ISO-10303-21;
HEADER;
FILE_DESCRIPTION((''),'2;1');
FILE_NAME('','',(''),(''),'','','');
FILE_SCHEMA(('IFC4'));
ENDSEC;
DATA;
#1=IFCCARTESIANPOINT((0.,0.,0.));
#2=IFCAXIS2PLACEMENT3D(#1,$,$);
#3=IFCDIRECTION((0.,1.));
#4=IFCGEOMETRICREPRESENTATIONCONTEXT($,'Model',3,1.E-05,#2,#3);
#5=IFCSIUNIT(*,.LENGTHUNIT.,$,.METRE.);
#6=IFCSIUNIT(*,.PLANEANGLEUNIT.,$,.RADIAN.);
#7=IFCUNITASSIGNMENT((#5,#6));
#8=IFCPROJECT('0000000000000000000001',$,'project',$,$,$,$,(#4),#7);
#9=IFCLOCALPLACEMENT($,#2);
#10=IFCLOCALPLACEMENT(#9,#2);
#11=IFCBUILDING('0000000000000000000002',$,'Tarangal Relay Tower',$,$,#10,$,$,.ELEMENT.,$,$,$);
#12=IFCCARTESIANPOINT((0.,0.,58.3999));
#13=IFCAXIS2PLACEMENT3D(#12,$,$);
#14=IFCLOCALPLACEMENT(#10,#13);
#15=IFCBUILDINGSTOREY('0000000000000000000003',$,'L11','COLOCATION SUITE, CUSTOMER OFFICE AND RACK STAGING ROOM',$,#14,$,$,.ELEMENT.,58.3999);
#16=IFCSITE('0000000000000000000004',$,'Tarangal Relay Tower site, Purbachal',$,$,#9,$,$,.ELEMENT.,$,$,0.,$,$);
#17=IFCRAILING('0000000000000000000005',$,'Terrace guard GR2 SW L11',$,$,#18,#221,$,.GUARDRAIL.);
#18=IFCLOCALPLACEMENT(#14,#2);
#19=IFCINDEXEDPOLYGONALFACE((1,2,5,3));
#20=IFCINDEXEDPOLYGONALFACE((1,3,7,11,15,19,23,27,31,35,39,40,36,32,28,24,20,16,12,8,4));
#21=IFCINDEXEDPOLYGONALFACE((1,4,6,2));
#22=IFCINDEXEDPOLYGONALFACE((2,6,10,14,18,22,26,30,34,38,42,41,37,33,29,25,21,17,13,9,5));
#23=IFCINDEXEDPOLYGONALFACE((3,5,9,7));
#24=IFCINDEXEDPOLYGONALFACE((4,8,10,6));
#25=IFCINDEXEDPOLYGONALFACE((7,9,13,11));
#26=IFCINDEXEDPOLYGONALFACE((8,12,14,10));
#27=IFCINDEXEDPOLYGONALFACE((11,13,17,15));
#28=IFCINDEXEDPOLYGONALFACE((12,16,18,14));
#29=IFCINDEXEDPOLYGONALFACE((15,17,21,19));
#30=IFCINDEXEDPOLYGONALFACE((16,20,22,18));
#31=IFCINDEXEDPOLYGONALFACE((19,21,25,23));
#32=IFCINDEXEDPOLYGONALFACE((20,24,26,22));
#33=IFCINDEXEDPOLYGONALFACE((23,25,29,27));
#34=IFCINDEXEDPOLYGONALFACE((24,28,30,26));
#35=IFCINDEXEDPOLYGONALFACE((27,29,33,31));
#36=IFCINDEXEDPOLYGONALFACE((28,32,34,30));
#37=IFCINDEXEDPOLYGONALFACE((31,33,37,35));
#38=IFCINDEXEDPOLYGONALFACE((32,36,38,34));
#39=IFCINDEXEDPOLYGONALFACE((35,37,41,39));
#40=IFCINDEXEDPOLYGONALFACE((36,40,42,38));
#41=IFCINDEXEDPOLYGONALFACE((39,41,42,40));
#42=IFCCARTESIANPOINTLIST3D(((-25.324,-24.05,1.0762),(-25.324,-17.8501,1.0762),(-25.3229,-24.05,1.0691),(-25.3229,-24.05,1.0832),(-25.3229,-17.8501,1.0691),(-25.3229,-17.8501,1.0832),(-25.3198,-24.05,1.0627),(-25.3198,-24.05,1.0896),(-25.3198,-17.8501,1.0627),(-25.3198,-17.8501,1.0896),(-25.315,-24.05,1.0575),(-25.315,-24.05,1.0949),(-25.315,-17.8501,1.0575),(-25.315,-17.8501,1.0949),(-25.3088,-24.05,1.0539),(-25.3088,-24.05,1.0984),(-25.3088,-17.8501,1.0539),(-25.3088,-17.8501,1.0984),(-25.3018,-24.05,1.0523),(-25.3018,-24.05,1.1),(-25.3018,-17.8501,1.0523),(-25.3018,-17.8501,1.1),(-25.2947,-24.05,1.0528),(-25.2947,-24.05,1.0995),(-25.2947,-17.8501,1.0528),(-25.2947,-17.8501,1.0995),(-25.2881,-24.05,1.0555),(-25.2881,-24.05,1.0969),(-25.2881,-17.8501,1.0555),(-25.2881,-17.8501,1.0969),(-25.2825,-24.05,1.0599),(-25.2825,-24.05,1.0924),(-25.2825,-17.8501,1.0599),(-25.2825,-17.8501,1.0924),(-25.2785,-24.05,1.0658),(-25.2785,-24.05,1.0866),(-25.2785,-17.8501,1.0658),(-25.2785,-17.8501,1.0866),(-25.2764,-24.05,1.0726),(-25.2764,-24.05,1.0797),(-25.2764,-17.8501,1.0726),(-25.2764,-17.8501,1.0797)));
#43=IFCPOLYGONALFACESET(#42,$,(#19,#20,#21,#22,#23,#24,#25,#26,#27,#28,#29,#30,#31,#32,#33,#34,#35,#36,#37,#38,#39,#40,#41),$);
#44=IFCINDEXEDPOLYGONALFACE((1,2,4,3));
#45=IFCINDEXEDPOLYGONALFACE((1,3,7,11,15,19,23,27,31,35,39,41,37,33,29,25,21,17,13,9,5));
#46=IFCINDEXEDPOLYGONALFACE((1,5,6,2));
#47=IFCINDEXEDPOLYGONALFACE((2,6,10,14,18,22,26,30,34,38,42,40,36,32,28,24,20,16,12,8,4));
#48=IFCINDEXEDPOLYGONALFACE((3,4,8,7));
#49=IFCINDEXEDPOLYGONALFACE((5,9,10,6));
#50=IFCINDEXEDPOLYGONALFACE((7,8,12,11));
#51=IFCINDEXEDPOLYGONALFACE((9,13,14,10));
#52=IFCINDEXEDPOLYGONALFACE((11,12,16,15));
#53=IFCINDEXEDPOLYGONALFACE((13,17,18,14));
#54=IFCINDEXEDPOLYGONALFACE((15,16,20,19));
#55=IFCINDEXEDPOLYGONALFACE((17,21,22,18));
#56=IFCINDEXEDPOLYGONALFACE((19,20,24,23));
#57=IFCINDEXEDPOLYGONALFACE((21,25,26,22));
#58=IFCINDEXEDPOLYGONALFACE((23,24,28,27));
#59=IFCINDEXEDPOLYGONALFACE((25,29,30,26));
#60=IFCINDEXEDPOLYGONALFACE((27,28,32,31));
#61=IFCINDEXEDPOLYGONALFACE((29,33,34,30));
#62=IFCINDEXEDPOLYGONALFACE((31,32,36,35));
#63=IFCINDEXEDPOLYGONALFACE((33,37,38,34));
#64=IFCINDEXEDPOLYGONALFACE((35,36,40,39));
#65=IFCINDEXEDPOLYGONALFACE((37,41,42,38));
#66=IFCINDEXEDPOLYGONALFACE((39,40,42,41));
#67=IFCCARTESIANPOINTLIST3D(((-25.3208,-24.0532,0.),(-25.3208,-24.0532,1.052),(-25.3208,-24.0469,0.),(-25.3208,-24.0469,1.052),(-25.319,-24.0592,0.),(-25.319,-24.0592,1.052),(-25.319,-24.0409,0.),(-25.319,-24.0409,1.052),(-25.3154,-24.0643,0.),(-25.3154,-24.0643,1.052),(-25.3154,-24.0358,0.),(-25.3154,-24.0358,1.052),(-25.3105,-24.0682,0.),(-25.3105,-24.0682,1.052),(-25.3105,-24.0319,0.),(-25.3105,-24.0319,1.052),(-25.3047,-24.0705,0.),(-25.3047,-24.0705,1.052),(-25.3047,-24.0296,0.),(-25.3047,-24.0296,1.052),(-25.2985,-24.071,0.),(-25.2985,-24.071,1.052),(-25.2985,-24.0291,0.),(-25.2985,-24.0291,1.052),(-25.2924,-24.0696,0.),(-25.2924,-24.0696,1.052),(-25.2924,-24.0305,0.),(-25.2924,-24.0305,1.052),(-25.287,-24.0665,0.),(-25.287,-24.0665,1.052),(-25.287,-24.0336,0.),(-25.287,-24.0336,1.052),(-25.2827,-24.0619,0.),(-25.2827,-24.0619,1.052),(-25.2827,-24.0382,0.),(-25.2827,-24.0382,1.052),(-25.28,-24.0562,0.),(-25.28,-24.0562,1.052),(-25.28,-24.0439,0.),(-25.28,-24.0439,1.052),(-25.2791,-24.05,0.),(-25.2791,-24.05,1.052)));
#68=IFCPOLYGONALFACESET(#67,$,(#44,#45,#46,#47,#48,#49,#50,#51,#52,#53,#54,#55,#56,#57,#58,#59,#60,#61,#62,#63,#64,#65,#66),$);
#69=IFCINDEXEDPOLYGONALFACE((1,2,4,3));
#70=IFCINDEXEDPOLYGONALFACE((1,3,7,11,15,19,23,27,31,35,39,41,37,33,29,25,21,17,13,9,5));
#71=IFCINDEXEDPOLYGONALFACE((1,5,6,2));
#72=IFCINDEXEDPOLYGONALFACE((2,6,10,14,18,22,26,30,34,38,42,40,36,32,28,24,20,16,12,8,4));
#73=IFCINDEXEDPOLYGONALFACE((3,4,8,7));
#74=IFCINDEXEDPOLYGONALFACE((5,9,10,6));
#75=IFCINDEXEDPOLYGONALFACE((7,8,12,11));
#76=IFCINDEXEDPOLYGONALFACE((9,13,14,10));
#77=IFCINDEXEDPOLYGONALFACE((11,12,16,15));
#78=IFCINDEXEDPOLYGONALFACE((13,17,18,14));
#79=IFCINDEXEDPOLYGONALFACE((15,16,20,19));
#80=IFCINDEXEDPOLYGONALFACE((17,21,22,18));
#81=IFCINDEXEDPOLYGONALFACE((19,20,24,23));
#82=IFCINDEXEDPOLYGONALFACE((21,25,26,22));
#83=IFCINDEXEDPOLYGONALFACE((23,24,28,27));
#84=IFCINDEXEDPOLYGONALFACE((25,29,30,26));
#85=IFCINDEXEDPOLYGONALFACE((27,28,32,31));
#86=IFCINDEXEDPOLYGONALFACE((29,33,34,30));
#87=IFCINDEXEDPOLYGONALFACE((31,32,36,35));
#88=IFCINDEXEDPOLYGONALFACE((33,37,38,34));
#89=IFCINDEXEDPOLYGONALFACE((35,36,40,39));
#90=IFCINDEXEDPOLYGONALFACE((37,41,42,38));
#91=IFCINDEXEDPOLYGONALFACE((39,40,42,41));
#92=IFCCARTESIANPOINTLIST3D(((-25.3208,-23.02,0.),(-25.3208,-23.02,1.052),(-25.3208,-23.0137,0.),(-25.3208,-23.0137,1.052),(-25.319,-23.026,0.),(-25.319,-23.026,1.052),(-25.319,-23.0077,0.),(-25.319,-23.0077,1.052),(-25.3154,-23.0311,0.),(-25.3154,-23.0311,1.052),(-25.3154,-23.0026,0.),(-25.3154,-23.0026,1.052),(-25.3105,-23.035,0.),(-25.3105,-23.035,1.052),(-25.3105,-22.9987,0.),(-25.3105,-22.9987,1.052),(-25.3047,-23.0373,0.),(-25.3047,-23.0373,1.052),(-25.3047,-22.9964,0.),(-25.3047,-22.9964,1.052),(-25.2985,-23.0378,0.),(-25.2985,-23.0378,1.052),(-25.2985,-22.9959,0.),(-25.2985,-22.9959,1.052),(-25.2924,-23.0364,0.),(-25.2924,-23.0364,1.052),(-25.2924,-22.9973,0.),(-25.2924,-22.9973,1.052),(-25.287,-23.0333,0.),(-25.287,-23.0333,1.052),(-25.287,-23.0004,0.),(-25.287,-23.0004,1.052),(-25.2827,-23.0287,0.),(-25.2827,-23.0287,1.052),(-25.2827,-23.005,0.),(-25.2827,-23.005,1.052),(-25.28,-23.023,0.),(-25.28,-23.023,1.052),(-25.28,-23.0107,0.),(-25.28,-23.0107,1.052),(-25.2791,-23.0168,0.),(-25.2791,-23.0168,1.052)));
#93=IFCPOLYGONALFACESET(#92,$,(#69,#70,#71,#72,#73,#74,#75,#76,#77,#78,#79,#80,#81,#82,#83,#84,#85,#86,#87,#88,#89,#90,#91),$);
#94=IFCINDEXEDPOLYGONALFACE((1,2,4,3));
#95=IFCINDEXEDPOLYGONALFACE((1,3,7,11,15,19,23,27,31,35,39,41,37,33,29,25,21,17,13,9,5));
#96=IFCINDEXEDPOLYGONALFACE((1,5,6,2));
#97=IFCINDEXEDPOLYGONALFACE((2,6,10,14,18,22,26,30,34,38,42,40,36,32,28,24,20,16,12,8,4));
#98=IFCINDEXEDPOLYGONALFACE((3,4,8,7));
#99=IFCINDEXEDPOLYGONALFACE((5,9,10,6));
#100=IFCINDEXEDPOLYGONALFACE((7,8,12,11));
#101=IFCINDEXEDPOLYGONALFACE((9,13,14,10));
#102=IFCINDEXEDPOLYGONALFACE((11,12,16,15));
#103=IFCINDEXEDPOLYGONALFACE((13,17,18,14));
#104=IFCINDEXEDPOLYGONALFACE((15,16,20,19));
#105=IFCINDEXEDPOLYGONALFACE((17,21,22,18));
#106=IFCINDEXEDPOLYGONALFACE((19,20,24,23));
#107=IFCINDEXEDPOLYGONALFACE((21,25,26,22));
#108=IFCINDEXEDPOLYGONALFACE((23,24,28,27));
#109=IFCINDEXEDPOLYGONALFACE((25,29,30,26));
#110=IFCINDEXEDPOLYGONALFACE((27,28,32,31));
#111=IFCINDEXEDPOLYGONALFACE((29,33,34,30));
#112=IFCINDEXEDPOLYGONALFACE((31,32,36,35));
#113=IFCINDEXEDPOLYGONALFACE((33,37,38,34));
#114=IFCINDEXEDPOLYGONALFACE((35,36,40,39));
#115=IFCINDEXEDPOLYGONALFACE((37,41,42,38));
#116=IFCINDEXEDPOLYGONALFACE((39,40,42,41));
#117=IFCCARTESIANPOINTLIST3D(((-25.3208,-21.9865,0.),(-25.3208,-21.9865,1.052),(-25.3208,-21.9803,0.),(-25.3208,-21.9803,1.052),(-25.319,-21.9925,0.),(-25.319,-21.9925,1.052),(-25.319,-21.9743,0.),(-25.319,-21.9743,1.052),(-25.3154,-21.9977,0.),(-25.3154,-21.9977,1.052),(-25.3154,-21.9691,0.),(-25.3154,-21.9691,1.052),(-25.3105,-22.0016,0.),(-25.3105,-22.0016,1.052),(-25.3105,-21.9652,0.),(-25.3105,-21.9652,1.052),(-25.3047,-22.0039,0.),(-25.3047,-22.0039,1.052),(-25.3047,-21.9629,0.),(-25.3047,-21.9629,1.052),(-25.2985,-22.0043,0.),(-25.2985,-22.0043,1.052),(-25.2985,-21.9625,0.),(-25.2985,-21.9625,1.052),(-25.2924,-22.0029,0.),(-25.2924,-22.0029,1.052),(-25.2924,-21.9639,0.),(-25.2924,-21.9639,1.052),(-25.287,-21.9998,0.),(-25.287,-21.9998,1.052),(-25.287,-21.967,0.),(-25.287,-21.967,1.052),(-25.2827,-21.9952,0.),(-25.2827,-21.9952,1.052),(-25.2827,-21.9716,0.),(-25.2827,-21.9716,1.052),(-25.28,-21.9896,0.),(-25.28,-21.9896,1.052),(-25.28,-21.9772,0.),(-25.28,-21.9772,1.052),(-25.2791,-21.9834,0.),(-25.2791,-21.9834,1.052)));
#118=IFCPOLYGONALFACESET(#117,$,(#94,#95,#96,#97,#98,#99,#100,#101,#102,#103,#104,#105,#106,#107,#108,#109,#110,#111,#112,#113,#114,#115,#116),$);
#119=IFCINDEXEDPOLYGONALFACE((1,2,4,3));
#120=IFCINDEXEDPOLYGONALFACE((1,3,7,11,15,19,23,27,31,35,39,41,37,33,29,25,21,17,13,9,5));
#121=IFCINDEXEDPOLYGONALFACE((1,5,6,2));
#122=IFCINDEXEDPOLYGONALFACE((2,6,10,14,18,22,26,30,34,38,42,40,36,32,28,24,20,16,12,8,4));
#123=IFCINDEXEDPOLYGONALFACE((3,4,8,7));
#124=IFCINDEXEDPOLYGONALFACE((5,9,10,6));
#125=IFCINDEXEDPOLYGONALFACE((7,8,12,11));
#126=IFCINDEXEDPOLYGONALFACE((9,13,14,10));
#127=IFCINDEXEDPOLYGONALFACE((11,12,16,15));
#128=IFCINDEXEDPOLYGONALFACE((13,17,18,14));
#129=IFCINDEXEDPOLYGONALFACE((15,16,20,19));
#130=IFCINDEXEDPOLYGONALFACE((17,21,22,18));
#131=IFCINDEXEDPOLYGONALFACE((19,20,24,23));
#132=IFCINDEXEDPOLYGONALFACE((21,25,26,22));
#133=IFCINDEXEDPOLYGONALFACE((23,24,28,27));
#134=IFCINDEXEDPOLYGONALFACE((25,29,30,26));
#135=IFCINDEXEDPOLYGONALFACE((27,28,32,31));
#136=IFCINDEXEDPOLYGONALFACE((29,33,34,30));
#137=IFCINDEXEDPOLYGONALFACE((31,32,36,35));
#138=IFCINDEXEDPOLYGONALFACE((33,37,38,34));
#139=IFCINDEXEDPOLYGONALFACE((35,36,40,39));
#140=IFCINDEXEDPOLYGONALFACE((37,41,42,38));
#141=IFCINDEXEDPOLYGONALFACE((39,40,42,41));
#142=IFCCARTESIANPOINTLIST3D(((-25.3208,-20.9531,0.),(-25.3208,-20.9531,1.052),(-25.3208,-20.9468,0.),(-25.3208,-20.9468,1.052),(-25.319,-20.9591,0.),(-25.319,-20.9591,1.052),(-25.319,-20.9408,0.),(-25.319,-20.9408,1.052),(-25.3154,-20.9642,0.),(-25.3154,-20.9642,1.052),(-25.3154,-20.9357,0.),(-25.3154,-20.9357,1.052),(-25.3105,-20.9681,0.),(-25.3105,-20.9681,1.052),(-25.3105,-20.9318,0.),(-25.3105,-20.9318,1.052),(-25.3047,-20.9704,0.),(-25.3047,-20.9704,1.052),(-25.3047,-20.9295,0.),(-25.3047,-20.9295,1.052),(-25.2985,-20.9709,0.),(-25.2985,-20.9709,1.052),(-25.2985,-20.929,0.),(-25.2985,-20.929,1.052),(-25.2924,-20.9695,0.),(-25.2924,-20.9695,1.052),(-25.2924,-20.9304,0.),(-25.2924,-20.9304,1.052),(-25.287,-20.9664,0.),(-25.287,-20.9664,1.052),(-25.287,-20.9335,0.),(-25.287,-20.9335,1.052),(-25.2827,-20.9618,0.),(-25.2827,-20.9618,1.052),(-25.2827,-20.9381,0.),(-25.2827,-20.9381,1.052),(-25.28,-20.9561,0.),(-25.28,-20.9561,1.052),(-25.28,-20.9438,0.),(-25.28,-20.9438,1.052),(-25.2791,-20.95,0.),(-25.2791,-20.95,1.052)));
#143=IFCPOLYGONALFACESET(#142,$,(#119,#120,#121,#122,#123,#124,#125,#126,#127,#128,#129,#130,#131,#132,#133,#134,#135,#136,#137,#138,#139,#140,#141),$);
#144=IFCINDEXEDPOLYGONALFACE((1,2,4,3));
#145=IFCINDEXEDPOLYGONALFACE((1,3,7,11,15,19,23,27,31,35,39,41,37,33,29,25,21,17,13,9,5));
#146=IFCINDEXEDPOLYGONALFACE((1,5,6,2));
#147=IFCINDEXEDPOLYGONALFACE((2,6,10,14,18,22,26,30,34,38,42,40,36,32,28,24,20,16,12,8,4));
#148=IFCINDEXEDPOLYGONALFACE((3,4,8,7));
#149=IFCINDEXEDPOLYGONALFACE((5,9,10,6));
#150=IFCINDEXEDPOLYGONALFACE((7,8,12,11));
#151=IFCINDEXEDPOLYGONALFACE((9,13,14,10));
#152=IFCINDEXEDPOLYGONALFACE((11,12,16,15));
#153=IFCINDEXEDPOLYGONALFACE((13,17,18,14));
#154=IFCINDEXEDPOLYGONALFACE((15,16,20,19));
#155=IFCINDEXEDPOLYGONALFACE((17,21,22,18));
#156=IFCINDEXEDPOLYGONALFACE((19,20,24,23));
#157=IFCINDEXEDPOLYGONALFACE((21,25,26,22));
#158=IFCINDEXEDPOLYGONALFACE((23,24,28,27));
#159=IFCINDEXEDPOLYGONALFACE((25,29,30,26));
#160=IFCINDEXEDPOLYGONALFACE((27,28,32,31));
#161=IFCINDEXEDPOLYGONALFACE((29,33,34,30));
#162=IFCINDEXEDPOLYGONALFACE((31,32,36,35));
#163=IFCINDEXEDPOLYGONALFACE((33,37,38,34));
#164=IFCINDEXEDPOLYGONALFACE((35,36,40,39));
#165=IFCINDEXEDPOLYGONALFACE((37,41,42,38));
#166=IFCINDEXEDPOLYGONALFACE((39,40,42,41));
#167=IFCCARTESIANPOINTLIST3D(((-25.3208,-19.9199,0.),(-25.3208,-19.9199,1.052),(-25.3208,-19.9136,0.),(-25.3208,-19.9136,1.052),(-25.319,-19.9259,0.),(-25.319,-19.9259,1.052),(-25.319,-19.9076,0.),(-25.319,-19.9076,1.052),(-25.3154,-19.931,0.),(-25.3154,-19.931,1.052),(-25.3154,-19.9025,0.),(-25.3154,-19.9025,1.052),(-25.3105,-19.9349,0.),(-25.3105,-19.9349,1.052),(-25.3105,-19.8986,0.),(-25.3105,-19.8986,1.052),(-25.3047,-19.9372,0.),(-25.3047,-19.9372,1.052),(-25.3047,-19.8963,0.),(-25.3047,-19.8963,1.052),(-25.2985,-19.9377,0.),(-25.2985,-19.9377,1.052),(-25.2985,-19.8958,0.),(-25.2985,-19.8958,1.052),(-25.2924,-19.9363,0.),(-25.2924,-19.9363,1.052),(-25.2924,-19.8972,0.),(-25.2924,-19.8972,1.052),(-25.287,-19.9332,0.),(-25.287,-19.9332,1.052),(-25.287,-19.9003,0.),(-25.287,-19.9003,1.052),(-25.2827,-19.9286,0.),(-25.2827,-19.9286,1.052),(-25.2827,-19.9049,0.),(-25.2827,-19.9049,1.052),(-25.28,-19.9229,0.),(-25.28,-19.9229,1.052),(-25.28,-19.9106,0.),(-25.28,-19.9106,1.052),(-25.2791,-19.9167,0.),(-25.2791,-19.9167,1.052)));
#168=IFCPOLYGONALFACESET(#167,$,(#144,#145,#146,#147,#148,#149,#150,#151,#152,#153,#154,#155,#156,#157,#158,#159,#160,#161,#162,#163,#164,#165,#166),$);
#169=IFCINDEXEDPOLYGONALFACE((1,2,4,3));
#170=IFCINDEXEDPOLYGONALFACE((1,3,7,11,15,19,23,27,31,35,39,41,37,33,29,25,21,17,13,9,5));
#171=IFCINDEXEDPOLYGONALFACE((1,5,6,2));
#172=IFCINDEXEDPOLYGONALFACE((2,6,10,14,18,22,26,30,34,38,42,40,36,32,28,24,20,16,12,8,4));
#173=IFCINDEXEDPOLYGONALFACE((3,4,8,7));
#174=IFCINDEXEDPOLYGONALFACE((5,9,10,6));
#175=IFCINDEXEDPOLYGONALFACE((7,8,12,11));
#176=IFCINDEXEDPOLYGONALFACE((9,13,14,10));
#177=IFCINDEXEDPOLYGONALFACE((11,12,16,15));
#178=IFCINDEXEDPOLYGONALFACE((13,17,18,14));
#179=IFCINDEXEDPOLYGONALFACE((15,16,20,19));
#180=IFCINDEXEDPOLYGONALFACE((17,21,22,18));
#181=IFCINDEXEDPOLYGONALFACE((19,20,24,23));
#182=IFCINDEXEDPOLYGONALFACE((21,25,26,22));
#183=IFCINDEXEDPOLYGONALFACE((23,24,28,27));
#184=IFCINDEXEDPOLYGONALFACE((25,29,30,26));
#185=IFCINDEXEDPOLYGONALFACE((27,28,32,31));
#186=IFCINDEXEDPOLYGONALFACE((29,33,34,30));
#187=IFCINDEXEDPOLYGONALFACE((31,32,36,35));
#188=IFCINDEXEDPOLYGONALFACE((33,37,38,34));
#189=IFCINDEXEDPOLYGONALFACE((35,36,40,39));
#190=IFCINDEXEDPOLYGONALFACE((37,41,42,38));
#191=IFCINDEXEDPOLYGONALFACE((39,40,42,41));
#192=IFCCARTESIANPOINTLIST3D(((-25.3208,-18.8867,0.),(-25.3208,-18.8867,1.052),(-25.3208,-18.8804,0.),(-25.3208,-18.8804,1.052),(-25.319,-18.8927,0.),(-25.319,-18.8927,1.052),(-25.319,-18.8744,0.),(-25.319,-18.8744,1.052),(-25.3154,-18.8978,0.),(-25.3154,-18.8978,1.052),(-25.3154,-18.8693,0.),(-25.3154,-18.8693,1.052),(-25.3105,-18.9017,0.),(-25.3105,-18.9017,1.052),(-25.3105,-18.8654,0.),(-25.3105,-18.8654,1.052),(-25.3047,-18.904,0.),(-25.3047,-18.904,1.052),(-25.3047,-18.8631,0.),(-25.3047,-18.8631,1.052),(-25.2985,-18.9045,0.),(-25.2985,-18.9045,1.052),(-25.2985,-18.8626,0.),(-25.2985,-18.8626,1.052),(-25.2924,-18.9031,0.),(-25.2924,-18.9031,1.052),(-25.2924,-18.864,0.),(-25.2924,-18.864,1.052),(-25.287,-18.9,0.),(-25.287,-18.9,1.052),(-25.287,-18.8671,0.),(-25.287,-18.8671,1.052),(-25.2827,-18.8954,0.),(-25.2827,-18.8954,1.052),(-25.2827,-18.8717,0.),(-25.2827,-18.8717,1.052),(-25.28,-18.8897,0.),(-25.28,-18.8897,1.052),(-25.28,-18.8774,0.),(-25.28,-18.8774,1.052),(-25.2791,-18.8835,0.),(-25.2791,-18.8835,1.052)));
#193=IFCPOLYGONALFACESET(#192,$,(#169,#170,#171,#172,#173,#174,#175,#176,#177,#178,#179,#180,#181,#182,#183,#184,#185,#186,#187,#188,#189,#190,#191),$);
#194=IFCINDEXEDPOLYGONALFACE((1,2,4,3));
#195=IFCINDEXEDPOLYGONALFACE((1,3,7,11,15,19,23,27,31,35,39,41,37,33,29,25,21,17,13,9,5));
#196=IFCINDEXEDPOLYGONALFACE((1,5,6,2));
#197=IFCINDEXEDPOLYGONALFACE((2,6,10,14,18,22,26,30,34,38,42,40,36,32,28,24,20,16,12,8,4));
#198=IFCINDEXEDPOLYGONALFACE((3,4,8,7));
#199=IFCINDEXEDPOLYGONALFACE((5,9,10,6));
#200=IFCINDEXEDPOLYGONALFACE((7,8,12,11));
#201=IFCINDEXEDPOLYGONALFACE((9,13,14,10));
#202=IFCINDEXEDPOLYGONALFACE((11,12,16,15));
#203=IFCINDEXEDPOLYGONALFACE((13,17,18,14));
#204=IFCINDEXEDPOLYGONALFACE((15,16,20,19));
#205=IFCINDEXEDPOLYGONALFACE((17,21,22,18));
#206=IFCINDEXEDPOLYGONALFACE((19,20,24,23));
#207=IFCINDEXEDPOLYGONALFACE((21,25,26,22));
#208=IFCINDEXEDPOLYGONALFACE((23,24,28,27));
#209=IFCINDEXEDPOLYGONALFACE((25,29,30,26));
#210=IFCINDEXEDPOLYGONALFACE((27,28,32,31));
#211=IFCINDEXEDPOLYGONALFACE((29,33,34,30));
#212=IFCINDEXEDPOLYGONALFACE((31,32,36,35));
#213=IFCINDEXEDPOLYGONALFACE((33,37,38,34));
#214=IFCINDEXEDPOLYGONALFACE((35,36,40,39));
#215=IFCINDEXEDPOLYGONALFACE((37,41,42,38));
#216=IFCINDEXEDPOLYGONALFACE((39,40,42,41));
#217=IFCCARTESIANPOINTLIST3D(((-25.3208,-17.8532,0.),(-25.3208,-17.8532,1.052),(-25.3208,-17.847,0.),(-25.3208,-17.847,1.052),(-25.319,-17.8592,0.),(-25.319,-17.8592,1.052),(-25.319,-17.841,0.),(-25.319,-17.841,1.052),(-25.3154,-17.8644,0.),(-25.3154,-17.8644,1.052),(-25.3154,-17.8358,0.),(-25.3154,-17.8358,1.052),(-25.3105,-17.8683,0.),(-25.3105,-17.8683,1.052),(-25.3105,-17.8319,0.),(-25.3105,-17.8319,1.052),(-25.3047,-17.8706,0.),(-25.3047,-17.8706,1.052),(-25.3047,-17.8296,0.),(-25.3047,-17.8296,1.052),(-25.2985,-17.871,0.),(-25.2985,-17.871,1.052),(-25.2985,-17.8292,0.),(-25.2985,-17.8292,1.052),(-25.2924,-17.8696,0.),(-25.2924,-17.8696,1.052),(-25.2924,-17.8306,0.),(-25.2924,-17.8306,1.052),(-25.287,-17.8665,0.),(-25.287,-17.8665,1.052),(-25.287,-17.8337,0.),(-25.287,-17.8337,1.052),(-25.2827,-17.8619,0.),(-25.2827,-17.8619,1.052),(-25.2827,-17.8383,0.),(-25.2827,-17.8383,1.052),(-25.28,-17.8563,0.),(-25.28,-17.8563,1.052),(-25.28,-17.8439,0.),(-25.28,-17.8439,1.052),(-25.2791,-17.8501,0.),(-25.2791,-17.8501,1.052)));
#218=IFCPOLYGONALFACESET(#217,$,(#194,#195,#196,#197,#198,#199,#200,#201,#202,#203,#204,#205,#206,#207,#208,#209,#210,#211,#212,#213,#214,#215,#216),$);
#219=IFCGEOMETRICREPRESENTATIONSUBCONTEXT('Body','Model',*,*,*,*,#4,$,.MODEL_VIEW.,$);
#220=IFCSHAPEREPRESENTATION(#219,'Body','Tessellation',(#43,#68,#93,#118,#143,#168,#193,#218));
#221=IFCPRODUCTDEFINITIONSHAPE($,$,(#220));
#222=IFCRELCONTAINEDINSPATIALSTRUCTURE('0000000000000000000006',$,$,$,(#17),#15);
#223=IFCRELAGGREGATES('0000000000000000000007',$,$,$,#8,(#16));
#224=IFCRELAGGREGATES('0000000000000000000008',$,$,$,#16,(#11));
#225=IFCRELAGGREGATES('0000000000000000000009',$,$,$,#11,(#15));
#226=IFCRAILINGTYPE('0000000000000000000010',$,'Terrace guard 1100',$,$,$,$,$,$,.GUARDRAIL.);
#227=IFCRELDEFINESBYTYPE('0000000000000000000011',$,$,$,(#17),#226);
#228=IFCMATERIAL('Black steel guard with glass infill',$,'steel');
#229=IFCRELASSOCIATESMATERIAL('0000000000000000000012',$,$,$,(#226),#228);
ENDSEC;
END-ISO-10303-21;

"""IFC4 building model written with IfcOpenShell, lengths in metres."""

from ifc_helpers import new_model, si_unit, direction, frame, origin, origin_2d, place, context, subcontext, project, spatial, circle, extrude, material, type_object, element, save


model = new_model("IFC4")

# Units and contexts
model_context = context("Model", 3, precision=1e-05, world=origin(), true_north=direction((0.0, 1.0)))
body_context = subcontext(model_context, "Body", "Model", "MODEL_VIEW")
ifc_project = project(units=[si_unit("LENGTHUNIT", "METRE"), si_unit("PLANEANGLEUNIT", "RADIAN")], contexts=[model_context])

# Site, building, storey
site_placement = place(None, origin())
site = spatial("IfcSite", under=ifc_project, at=site_placement, Name="Tarangal Relay Tower site, Purbachal", CompositionType="ELEMENT", RefElevation=0.0)
building_placement = place(site_placement, origin())
building = spatial("IfcBuilding", under=site, at=building_placement, Name="Tarangal Relay Tower", CompositionType="ELEMENT")
storey_placement = place(building_placement, frame((0.0, 0.0, 58.3999)))
storey = spatial("IfcBuildingStorey", under=building, at=storey_placement, Name="L11", Description="COLOCATION SUITE, CUSTOMER OFFICE AND RACK STAGING ROOM", CompositionType="ELEMENT", Elevation=58.3999)

# Railing
ifc_material_1 = material(Name="Black steel guard with glass infill", Category="steel")
railing_type = type_object("IfcRailingType", Name="Terrace guard 1100", PredefinedType="GUARDRAIL", material=ifc_material_1)
railing_1_placement = place(storey_placement, frame((-25.3, -24.05, 0.0)))
element("IfcRailing", 1, at=railing_1_placement, inside=storey, type_object=railing_type, Name="Terrace guard GR2 SW L11", PredefinedType="GUARDRAIL", context=body_context, shape_type="SweptSolid", body=[
    extrude(circle(Radius=0.0239, at=origin_2d()), frame((0.0, 0.0, 1.0762), z_axis=(0.0, 1.0, 0.0), x_axis=(-1.0, 0.0, 0.0)), (0.0, 0.0, 1.0), 6.2),
    extrude(circle(Radius=0.021, at=origin_2d()), origin(), (0.0, 0.0, 1.0), 1.052),
    extrude(circle(Radius=0.021, at=origin_2d()), frame((0.0, 1.0332, 0.0)), (0.0, 0.0, 1.0), 1.052),
    extrude(circle(Radius=0.021, at=origin_2d()), frame((0.0, 2.0667, 0.0)), (0.0, 0.0, 1.0), 1.052),
    extrude(circle(Radius=0.021, at=origin_2d()), frame((0.0, 3.1001, 0.0)), (0.0, 0.0, 1.0), 1.052),
    extrude(circle(Radius=0.021, at=origin_2d()), frame((0.0, 4.1333, 0.0)), (0.0, 0.0, 1.0), 1.052),
    extrude(circle(Radius=0.021, at=origin_2d()), frame((0.0, 5.1665, 0.0)), (0.0, 0.0, 1.0), 1.052),
    extrude(circle(Radius=0.021, at=origin_2d()), frame((0.0, 6.2, 0.0)), (0.0, 0.0, 1.0), 1.052),
])

save(model, "model.ifc")
